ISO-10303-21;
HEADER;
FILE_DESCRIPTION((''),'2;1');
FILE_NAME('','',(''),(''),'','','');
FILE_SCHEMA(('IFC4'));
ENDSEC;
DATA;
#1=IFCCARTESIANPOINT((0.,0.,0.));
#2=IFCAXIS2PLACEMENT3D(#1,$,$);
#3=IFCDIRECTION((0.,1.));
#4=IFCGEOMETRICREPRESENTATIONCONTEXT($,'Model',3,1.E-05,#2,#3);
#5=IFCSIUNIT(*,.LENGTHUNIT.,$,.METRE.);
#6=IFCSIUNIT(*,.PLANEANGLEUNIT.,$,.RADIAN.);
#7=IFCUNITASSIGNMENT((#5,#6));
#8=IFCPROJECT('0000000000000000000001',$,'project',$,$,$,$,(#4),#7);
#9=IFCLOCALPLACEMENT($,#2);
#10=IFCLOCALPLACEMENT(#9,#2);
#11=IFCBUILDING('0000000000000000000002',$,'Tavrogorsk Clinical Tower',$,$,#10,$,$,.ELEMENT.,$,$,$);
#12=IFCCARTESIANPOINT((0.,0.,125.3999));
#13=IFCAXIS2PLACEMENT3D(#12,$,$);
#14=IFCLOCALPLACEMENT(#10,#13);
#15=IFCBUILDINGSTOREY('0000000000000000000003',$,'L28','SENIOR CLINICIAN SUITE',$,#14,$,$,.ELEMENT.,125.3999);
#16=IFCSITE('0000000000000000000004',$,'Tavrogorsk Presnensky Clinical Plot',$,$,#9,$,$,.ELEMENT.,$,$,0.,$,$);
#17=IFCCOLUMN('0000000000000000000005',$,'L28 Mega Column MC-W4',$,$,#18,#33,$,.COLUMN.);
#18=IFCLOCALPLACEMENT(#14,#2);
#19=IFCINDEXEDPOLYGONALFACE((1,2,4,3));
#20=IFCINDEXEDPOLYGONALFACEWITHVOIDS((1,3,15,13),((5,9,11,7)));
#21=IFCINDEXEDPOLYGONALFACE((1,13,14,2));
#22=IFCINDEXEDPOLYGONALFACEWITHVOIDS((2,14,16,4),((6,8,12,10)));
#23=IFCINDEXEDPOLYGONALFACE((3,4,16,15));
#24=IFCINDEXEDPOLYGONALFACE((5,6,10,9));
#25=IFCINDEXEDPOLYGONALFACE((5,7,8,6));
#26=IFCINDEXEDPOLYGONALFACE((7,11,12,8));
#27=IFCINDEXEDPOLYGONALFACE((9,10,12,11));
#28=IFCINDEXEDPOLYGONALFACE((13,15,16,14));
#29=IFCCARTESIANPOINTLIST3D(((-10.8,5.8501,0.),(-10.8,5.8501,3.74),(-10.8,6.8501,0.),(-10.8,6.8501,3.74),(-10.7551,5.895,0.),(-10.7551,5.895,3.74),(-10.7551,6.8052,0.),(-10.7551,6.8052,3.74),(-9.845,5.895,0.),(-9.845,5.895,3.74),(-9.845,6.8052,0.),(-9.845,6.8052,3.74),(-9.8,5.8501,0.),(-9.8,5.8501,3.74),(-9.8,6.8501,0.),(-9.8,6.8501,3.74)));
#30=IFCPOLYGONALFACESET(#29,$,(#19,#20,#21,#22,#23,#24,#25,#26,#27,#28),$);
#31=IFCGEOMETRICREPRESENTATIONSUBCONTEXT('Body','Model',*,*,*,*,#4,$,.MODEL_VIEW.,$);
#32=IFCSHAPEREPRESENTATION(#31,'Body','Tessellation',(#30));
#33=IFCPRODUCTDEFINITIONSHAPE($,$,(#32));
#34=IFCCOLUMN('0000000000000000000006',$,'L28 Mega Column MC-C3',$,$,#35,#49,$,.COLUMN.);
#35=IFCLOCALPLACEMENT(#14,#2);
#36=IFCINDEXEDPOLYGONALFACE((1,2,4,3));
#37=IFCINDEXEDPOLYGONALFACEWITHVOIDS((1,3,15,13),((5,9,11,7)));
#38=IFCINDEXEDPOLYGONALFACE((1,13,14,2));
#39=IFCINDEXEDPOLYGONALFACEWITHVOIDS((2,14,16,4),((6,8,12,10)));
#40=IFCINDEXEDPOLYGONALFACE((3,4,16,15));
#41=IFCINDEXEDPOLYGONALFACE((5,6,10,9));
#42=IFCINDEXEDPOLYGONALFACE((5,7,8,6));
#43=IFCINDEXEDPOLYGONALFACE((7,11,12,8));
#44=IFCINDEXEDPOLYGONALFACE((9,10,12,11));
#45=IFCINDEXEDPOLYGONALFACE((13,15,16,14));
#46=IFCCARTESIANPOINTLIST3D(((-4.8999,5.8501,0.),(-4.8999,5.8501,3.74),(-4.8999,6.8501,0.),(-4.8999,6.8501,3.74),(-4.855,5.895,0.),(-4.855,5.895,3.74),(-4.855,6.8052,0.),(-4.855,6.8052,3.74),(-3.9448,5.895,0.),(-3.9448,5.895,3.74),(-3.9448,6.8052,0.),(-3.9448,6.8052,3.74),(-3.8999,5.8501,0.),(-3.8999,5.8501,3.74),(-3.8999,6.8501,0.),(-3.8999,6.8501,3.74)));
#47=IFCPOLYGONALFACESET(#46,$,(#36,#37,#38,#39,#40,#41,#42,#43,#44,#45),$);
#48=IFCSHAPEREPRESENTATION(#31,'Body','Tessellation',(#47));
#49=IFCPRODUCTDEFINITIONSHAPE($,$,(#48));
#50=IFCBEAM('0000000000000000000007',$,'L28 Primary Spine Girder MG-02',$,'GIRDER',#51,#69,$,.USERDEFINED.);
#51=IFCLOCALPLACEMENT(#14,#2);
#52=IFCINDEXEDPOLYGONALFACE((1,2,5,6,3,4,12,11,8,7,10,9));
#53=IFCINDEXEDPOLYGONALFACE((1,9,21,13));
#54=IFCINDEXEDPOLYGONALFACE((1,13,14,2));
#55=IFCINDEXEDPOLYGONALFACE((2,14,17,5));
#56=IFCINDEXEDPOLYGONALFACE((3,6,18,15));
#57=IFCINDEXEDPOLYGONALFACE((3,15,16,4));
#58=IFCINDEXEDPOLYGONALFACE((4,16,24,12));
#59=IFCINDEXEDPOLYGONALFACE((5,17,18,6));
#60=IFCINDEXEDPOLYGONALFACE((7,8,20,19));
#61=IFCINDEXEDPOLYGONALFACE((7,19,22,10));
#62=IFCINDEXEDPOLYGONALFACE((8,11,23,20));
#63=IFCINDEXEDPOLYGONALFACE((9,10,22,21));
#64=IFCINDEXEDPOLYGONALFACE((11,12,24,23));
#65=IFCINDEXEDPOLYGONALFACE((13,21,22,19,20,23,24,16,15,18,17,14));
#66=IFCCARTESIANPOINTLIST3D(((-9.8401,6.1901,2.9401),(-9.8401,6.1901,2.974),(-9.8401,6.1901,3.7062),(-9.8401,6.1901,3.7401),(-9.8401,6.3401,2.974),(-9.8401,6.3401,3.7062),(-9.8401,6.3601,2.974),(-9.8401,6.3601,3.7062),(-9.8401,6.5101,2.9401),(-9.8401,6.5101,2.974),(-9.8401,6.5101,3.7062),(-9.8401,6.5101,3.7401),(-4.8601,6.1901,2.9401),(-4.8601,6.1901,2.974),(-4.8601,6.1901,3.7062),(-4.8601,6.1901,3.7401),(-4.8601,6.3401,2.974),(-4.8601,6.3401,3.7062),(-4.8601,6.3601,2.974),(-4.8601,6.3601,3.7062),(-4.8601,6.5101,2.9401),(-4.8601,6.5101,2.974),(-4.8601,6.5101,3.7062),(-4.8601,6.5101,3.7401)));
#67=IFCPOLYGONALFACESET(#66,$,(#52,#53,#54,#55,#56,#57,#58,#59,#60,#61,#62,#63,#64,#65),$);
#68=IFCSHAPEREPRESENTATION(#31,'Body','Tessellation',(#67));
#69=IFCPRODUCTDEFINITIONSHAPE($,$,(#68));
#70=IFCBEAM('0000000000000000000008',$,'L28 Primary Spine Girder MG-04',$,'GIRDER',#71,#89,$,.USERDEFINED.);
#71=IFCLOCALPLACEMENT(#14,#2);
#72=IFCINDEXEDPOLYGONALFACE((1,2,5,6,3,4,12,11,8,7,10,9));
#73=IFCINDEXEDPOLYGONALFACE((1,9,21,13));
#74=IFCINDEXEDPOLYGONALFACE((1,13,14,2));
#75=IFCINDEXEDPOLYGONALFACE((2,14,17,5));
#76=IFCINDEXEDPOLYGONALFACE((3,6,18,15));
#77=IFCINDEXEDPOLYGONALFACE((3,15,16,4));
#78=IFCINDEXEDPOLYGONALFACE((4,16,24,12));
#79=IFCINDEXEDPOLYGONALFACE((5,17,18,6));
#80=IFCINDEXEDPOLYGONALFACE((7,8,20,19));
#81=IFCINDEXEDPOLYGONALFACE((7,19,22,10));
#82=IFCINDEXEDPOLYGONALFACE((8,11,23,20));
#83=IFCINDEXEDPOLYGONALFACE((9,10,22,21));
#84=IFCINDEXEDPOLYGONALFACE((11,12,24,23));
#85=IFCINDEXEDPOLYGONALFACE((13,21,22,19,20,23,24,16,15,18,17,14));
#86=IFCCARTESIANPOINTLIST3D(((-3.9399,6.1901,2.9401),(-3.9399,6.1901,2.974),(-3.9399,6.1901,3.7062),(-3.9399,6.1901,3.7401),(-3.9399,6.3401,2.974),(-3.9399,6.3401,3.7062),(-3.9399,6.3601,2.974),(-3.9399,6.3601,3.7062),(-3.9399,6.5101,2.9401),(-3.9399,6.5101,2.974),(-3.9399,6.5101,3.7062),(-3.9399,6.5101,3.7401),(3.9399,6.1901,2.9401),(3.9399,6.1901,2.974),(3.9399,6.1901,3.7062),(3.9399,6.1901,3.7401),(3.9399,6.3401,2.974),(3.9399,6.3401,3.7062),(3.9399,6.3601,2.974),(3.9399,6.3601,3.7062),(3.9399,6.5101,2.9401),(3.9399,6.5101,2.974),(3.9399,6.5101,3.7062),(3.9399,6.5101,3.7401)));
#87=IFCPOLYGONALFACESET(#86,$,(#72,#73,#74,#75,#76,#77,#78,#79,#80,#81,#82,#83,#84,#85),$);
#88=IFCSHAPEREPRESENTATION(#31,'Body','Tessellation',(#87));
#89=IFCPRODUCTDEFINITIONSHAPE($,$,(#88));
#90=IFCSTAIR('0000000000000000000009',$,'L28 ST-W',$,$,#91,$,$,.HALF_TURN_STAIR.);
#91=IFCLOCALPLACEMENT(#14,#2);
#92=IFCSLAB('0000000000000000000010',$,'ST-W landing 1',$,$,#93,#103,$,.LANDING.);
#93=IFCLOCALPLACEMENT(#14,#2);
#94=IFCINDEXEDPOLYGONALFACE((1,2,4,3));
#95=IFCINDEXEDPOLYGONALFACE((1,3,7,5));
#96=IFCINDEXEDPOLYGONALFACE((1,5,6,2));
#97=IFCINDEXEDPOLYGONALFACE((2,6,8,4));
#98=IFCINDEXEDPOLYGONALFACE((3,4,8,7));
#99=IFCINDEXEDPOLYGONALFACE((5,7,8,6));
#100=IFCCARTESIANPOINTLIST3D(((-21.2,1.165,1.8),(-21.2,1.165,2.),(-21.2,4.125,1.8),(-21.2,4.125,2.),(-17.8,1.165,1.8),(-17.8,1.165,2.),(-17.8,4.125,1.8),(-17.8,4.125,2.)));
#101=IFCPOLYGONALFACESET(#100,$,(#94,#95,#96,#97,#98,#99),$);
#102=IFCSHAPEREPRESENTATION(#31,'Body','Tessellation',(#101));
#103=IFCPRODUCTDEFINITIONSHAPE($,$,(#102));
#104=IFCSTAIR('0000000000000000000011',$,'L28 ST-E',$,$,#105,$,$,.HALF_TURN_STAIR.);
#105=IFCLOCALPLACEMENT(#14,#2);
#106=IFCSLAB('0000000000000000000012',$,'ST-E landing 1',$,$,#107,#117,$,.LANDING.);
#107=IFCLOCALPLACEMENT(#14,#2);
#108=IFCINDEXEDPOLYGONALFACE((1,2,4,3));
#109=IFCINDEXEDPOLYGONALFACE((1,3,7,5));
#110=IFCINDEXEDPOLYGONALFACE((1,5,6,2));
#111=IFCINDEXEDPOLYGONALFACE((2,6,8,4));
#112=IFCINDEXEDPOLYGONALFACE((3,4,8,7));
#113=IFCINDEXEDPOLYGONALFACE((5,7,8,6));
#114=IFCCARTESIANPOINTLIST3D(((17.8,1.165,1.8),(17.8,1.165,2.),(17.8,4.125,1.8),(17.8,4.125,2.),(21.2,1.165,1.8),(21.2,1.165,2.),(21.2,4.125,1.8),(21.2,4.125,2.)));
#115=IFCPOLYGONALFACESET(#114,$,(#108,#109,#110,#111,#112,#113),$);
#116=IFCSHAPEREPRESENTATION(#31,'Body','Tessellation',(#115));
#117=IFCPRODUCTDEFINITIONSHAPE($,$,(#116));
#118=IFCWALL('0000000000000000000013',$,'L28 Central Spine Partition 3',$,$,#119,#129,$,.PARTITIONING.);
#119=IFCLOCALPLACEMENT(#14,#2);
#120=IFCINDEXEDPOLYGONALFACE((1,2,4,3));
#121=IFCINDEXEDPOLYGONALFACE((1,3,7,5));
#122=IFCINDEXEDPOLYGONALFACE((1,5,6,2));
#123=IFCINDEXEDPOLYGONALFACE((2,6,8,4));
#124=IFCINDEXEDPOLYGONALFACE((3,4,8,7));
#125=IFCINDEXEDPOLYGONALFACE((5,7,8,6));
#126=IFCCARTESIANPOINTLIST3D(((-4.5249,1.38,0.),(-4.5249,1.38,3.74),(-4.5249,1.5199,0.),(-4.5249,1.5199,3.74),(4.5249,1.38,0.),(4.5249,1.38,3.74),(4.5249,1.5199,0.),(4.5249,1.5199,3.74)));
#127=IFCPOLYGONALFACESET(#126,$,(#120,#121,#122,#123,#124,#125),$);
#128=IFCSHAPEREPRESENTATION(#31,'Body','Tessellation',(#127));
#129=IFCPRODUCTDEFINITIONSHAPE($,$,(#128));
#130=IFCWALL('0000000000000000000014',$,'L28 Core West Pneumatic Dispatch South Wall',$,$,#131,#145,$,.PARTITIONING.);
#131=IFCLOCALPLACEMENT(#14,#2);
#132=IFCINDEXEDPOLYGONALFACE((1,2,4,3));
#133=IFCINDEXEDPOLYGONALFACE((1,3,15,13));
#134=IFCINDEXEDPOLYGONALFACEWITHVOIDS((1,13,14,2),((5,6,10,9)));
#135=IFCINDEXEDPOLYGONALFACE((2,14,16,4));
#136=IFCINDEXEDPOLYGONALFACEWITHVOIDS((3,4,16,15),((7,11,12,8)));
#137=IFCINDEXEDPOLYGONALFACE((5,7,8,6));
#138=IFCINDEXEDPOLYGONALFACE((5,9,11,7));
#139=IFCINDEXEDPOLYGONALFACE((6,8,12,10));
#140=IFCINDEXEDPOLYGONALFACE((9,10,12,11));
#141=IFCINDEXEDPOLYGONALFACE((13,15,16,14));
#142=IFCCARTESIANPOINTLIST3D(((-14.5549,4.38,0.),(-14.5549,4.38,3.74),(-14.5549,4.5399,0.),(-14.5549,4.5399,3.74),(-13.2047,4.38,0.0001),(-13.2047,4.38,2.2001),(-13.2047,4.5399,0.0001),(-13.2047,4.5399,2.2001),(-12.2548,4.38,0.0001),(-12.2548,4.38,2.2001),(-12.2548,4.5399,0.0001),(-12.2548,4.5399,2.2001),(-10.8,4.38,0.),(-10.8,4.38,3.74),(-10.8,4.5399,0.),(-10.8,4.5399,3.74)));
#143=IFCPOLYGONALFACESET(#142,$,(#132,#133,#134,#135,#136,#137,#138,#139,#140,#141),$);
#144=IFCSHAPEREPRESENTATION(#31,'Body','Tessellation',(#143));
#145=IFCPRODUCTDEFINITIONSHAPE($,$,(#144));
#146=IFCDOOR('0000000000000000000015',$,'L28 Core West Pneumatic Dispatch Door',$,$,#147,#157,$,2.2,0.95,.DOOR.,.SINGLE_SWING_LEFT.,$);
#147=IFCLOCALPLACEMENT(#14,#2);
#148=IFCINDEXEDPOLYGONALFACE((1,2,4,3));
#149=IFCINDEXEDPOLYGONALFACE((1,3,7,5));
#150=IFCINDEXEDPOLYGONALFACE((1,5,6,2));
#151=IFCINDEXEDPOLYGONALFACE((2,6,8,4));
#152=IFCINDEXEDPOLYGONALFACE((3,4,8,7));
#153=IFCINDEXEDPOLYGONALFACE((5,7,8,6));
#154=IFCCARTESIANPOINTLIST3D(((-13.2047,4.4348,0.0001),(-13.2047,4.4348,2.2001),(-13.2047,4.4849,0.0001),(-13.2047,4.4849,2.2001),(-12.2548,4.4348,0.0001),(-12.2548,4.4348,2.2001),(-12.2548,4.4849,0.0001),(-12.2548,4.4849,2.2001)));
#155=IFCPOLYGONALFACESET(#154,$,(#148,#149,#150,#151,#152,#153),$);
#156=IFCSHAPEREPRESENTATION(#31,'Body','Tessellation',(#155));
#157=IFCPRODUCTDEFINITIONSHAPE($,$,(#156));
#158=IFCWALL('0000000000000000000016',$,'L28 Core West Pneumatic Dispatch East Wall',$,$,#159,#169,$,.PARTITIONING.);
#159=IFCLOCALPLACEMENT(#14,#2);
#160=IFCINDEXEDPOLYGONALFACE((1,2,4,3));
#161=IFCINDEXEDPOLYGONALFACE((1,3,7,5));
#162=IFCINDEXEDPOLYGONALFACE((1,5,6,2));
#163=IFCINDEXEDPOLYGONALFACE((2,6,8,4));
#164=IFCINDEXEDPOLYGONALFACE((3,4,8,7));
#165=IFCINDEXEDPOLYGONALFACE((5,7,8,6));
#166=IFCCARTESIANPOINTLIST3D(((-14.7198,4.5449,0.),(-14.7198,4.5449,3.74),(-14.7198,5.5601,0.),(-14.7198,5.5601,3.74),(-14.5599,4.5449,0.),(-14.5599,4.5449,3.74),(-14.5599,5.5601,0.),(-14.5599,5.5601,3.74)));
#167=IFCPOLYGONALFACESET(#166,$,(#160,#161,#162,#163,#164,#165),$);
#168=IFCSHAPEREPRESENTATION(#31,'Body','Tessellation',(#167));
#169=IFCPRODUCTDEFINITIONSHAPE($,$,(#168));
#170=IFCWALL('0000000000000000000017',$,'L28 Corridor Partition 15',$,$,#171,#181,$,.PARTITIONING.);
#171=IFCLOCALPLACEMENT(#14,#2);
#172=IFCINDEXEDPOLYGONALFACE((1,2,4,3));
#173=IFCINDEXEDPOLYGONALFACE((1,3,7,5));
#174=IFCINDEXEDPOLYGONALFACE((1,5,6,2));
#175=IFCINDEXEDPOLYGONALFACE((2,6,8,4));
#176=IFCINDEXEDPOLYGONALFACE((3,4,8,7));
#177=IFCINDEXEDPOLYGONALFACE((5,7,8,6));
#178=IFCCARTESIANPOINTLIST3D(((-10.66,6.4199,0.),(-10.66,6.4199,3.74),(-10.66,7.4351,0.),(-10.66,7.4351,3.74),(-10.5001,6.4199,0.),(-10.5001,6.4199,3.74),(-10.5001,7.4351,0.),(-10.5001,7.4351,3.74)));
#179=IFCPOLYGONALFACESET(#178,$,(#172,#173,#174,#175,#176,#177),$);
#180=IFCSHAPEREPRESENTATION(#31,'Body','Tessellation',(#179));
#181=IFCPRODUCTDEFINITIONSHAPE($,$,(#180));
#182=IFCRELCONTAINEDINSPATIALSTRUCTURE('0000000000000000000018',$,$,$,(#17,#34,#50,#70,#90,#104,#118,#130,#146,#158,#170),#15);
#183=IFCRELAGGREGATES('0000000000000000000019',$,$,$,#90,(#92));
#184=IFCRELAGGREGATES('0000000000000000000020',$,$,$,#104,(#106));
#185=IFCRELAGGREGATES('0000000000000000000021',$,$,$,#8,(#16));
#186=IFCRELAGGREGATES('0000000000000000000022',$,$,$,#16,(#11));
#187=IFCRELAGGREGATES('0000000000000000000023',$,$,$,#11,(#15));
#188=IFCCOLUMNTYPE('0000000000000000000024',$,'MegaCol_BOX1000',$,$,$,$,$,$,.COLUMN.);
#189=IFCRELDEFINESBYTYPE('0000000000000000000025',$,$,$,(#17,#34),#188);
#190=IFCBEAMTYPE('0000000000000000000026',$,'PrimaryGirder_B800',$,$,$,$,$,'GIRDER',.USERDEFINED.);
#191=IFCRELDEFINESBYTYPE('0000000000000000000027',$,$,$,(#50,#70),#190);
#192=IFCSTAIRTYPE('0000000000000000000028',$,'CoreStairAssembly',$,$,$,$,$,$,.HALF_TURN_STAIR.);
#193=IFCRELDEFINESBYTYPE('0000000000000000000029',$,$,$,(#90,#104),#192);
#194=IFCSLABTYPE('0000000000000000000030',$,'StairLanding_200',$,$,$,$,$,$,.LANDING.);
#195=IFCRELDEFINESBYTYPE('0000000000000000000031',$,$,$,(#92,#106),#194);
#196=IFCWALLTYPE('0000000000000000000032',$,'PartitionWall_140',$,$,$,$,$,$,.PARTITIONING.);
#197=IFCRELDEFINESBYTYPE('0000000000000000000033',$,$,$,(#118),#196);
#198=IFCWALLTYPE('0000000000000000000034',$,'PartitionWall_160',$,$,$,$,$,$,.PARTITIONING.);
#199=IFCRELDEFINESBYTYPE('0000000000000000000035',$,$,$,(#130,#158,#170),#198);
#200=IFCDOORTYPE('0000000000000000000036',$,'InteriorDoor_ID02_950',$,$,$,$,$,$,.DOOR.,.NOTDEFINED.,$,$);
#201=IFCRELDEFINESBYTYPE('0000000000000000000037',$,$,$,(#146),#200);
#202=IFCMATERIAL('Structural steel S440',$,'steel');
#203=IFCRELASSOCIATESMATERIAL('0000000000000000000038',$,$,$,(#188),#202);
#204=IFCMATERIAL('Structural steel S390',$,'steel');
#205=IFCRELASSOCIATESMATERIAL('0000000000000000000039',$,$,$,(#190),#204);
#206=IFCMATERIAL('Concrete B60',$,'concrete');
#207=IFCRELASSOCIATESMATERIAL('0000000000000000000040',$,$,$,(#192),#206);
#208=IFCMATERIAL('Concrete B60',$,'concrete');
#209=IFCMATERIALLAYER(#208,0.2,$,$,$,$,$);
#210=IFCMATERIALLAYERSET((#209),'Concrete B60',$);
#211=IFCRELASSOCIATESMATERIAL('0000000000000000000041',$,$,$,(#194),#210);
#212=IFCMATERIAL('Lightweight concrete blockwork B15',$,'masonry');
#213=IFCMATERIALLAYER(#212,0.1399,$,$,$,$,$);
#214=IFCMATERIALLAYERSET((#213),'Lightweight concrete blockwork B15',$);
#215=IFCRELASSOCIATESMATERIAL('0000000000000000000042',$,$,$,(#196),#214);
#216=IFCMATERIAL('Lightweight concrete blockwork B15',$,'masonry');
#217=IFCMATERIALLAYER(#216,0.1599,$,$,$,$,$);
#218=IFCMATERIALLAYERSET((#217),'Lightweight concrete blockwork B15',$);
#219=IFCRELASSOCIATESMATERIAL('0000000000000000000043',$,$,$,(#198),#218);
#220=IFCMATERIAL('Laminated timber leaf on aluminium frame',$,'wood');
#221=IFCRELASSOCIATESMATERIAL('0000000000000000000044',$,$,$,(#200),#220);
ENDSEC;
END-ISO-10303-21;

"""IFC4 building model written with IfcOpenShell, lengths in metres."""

from ifc_helpers import new_model, si_unit, direction, frame, frame_2d, origin, origin_2d, place, context, subcontext, project, spatial, polyline, rectangle, hollow_rectangle, i_section, outline, extrude, material, layer, layer_set, material_profile, profile_set, type_object, element, fill, aggregate, save


model = new_model("IFC4")

# Units and contexts
model_context = context("Model", 3, precision=1e-05, world=origin(), true_north=direction((0.0, 1.0)))
body_context = subcontext(model_context, "Body", "Model", "MODEL_VIEW")
ifc_project = project(units=[si_unit("LENGTHUNIT", "METRE"), si_unit("PLANEANGLEUNIT", "RADIAN")], contexts=[model_context])

# Site, building, storey
site_placement = place(None, origin())
site = spatial("IfcSite", under=ifc_project, at=site_placement, Name="Tavrogorsk Presnensky Clinical Plot", CompositionType="ELEMENT", RefElevation=0.0)
building_placement = place(site_placement, origin())
building = spatial("IfcBuilding", under=site, at=building_placement, Name="Tavrogorsk Clinical Tower", CompositionType="ELEMENT")
storey_placement = place(building_placement, frame((0.0, 0.0, 125.3999)))
storey = spatial("IfcBuildingStorey", under=building, at=storey_placement, Name="L28", Description="SENIOR CLINICIAN SUITE", CompositionType="ELEMENT", Elevation=125.3999)

# Columns
ifc_material_1 = material(Name="Structural steel S440", Category="steel")
ifc_material_profile_1 = material_profile(ifc_material_1, hollow_rectangle(XDim=1.0, YDim=1.0, WallThickness=0.0449, at=origin_2d()), Name="BOX-1000x1000x45")
ifc_profile_set_1 = profile_set([ifc_material_profile_1], Name="Structural steel S440")
column_type = type_object("IfcColumnType", Name="MegaCol_BOX1000", PredefinedType="COLUMN", material=ifc_profile_set_1)
for number, where, z_axis, x_axis, name in (
    (1, (-10.3, 6.3501, 0.0), (0.0, 0.0, 1.0), (1.0, 0.0, 0.0), "L28 Mega Column MC-W4"),
    (2, (-4.3999, 6.3501, 0.0), (0.0, 0.0, 1.0), (1.0, 0.0, 0.0), "L28 Mega Column MC-C3"),
):
    element("IfcColumn", number, at=place(storey_placement, frame(where, z_axis=z_axis, x_axis=x_axis)), inside=storey, type_object=column_type, Name=name, PredefinedType="COLUMN", context=body_context, shape_type="SweptSolid", body=[
        extrude(hollow_rectangle(XDim=1.0, YDim=1.0, WallThickness=0.0449, at=origin_2d()), origin(), (0.0, 0.0, 1.0), 3.74),
    ])

# Beams
ifc_material_2 = material(Name="Structural steel S390", Category="steel")
ifc_material_profile_2 = material_profile(ifc_material_2, i_section(OverallWidth=0.3201, OverallDepth=0.8, WebThickness=0.02, FlangeThickness=0.0339, at=origin_2d()), Name="B-800x320x20x34")
ifc_profile_set_2 = profile_set([ifc_material_profile_2], Name="Structural steel S390")
beam_type = type_object("IfcBeamType", Name="PrimaryGirder_B800", ElementType="GIRDER", PredefinedType="USERDEFINED", material=ifc_profile_set_2)
beam_1_placement = place(storey_placement, frame((-9.8401, 6.3501, 3.3401), z_axis=(1.0, 0.0, 0.0), x_axis=(0.0, 1.0, 0.0)))
element("IfcBeam", 3, at=beam_1_placement, inside=storey, type_object=beam_type, Name="L28 Primary Spine Girder MG-02", ObjectType="GIRDER", PredefinedType="USERDEFINED", context=body_context, shape_type="SweptSolid", body=[
    extrude(i_section(OverallWidth=0.3201, OverallDepth=0.8, WebThickness=0.02, FlangeThickness=0.0339, at=origin_2d()), origin(), (0.0, 0.0, 1.0), 4.98),
])
beam_2_placement = place(storey_placement, frame((-3.9399, 6.3501, 3.3401), z_axis=(1.0, 0.0, 0.0), x_axis=(0.0, 1.0, 0.0)))
element("IfcBeam", 4, at=beam_2_placement, inside=storey, type_object=beam_type, Name="L28 Primary Spine Girder MG-04", ObjectType="GIRDER", PredefinedType="USERDEFINED", context=body_context, shape_type="SweptSolid", body=[
    extrude(i_section(OverallWidth=0.3201, OverallDepth=0.8, WebThickness=0.02, FlangeThickness=0.0339, at=origin_2d()), origin(), (0.0, 0.0, 1.0), 7.8799),
])

# Stairs, slabs
ifc_material_3 = material(Name="Concrete B60", Category="concrete")
stair_type = type_object("IfcStairType", Name="CoreStairAssembly", PredefinedType="HALF_TURN_STAIR", material=ifc_material_3)
stair_1_placement = place(storey_placement, origin())
stair_1 = element("IfcStair", 5, at=stair_1_placement, inside=storey, type_object=stair_type, Name="L28 ST-W", PredefinedType="HALF_TURN_STAIR")
ifc_material_4 = material(Name="Concrete B60", Category="concrete")
ifc_layer_1 = layer(ifc_material_4, 0.2)
ifc_layer_set_1 = layer_set([ifc_layer_1], Name="Concrete B60")
slab_type = type_object("IfcSlabType", Name="StairLanding_200", PredefinedType="LANDING", material=ifc_layer_set_1)
slab_1_placement = place(storey_placement, frame((0.0, 0.0, 1.8)))
slab_1 = element("IfcSlab", 6, at=slab_1_placement, type_object=slab_type, Name="ST-W landing 1", PredefinedType="LANDING", context=body_context, shape_type="SweptSolid", body=[
    extrude(outline(polyline([(-17.8, 1.165), (-17.8, 4.125), (-21.2, 4.125), (-21.2, 1.165), (-17.8, 1.165)])), origin(), (0.0, 0.0, 1.0), 0.2),
])
aggregate(stair_1, [slab_1])
stair_2_placement = place(storey_placement, origin())
stair_2 = element("IfcStair", 7, at=stair_2_placement, inside=storey, type_object=stair_type, Name="L28 ST-E", PredefinedType="HALF_TURN_STAIR")
slab_2_placement = place(storey_placement, frame((0.0, 0.0, 1.8)))
slab_2 = element("IfcSlab", 8, at=slab_2_placement, type_object=slab_type, Name="ST-E landing 1", PredefinedType="LANDING", context=body_context, shape_type="SweptSolid", body=[
    extrude(outline(polyline([(21.2, 1.165), (21.2, 4.125), (17.8, 4.125), (17.8, 1.165), (21.2, 1.165)])), origin(), (0.0, 0.0, 1.0), 0.2),
])
aggregate(stair_2, [slab_2])

# Wall
ifc_material_5 = material(Name="Lightweight concrete blockwork B15", Category="masonry")
ifc_layer_2 = layer(ifc_material_5, 0.1399)
ifc_layer_set_2 = layer_set([ifc_layer_2], Name="Lightweight concrete blockwork B15")
wall_type_1 = type_object("IfcWallType", Name="PartitionWall_140", PredefinedType="PARTITIONING", material=ifc_layer_set_2)
wall_1_placement = place(storey_placement, frame((-4.5249, 1.45, 0.0), z_axis=(0.0, 0.0, 1.0), x_axis=(1.0, 0.0, 0.0)))
element("IfcWall", 9, at=wall_1_placement, inside=storey, type_object=wall_type_1, Name="L28 Central Spine Partition 3", PredefinedType="PARTITIONING", context=body_context, shape_type="SweptSolid", body=[
    extrude(rectangle(XDim=9.0498, YDim=0.1399, at=frame_2d((4.5249, 0.0))), origin(), (0.0, 0.0, 1.0), 3.74),
])

# Wall, opening, door
ifc_material_6 = material(Name="Lightweight concrete blockwork B15", Category="masonry")
ifc_layer_3 = layer(ifc_material_6, 0.1599)
ifc_layer_set_3 = layer_set([ifc_layer_3], Name="Lightweight concrete blockwork B15")
wall_type_2 = type_object("IfcWallType", Name="PartitionWall_160", PredefinedType="PARTITIONING", material=ifc_layer_set_3)
wall_2_placement = place(storey_placement, frame((-14.5549, 4.46, 0.0), z_axis=(0.0, 0.0, 1.0), x_axis=(1.0, 0.0, 0.0)))
wall_2 = element("IfcWall", 10, at=wall_2_placement, inside=storey, type_object=wall_type_2, Name="L28 Core West Pneumatic Dispatch South Wall", PredefinedType="PARTITIONING", context=body_context, shape_type="SweptSolid", body=[
    extrude(rectangle(XDim=3.7549, YDim=0.1599, at=frame_2d((1.8774, 0.0))), origin(), (0.0, 0.0, 1.0), 3.74),
])
opening_1_placement = place(wall_2_placement, frame((1.3501, 0.0, 0.0)))
opening_1 = element("IfcOpeningElement", 11, at=opening_1_placement, cuts=wall_2, PredefinedType="OPENING", context=body_context, shape_type="SweptSolid", body=[
    extrude(rectangle(XDim=0.95, YDim=2.2, at=frame_2d((0.4751, 1.1001))), frame((0.0, 0.0898, 0.0), z_axis=(0.0, -1.0, 0.0), x_axis=(1.0, 0.0, 0.0)), (0.0, 0.0, 1.0), 0.1799),
])
ifc_material_7 = material(Name="Laminated timber leaf on aluminium frame", Category="wood")
door_type_1 = type_object("IfcDoorType", Name="InteriorDoor_ID02_950", OperationType="NOTDEFINED", PredefinedType="DOOR", material=ifc_material_7)
door_1_placement = place(opening_1_placement, origin())
door_1 = element("IfcDoor", 12, at=door_1_placement, inside=storey, type_object=door_type_1, Name="L28 Core West Pneumatic Dispatch Door", OperationType="SINGLE_SWING_LEFT", OverallHeight=2.2, OverallWidth=0.95, PredefinedType="DOOR", context=body_context, shape_type="SweptSolid", body=[
    extrude(rectangle(XDim=0.95, YDim=2.2, at=frame_2d((0.4751, 1.1001))), frame((0.0, 0.0249, 0.0), z_axis=(0.0, -1.0, 0.0), x_axis=(1.0, 0.0, 0.0)), (0.0, 0.0, 1.0), 0.05),
])
fill(opening_1, door_1)

# Walls
for number, where, z_axis, x_axis, name in (
    (13, (-14.6399, 4.5449, 0.0), (0.0, 0.0, 1.0), (0.0, 1.0, 0.0), "L28 Core West Pneumatic Dispatch East Wall"),
    (14, (-10.5801, 6.4199, 0.0), (0.0, 0.0, 1.0), (0.0, 1.0, 0.0), "L28 Corridor Partition 15"),
):
    element("IfcWall", number, at=place(storey_placement, frame(where, z_axis=z_axis, x_axis=x_axis)), inside=storey, type_object=wall_type_2, Name=name, PredefinedType="PARTITIONING", context=body_context, shape_type="SweptSolid", body=[
        extrude(rectangle(XDim=1.0151, YDim=0.1599, at=frame_2d((0.5076, 0.0))), origin(), (0.0, 0.0, 1.0), 3.74),
    ])

save(model, "model.ifc")
